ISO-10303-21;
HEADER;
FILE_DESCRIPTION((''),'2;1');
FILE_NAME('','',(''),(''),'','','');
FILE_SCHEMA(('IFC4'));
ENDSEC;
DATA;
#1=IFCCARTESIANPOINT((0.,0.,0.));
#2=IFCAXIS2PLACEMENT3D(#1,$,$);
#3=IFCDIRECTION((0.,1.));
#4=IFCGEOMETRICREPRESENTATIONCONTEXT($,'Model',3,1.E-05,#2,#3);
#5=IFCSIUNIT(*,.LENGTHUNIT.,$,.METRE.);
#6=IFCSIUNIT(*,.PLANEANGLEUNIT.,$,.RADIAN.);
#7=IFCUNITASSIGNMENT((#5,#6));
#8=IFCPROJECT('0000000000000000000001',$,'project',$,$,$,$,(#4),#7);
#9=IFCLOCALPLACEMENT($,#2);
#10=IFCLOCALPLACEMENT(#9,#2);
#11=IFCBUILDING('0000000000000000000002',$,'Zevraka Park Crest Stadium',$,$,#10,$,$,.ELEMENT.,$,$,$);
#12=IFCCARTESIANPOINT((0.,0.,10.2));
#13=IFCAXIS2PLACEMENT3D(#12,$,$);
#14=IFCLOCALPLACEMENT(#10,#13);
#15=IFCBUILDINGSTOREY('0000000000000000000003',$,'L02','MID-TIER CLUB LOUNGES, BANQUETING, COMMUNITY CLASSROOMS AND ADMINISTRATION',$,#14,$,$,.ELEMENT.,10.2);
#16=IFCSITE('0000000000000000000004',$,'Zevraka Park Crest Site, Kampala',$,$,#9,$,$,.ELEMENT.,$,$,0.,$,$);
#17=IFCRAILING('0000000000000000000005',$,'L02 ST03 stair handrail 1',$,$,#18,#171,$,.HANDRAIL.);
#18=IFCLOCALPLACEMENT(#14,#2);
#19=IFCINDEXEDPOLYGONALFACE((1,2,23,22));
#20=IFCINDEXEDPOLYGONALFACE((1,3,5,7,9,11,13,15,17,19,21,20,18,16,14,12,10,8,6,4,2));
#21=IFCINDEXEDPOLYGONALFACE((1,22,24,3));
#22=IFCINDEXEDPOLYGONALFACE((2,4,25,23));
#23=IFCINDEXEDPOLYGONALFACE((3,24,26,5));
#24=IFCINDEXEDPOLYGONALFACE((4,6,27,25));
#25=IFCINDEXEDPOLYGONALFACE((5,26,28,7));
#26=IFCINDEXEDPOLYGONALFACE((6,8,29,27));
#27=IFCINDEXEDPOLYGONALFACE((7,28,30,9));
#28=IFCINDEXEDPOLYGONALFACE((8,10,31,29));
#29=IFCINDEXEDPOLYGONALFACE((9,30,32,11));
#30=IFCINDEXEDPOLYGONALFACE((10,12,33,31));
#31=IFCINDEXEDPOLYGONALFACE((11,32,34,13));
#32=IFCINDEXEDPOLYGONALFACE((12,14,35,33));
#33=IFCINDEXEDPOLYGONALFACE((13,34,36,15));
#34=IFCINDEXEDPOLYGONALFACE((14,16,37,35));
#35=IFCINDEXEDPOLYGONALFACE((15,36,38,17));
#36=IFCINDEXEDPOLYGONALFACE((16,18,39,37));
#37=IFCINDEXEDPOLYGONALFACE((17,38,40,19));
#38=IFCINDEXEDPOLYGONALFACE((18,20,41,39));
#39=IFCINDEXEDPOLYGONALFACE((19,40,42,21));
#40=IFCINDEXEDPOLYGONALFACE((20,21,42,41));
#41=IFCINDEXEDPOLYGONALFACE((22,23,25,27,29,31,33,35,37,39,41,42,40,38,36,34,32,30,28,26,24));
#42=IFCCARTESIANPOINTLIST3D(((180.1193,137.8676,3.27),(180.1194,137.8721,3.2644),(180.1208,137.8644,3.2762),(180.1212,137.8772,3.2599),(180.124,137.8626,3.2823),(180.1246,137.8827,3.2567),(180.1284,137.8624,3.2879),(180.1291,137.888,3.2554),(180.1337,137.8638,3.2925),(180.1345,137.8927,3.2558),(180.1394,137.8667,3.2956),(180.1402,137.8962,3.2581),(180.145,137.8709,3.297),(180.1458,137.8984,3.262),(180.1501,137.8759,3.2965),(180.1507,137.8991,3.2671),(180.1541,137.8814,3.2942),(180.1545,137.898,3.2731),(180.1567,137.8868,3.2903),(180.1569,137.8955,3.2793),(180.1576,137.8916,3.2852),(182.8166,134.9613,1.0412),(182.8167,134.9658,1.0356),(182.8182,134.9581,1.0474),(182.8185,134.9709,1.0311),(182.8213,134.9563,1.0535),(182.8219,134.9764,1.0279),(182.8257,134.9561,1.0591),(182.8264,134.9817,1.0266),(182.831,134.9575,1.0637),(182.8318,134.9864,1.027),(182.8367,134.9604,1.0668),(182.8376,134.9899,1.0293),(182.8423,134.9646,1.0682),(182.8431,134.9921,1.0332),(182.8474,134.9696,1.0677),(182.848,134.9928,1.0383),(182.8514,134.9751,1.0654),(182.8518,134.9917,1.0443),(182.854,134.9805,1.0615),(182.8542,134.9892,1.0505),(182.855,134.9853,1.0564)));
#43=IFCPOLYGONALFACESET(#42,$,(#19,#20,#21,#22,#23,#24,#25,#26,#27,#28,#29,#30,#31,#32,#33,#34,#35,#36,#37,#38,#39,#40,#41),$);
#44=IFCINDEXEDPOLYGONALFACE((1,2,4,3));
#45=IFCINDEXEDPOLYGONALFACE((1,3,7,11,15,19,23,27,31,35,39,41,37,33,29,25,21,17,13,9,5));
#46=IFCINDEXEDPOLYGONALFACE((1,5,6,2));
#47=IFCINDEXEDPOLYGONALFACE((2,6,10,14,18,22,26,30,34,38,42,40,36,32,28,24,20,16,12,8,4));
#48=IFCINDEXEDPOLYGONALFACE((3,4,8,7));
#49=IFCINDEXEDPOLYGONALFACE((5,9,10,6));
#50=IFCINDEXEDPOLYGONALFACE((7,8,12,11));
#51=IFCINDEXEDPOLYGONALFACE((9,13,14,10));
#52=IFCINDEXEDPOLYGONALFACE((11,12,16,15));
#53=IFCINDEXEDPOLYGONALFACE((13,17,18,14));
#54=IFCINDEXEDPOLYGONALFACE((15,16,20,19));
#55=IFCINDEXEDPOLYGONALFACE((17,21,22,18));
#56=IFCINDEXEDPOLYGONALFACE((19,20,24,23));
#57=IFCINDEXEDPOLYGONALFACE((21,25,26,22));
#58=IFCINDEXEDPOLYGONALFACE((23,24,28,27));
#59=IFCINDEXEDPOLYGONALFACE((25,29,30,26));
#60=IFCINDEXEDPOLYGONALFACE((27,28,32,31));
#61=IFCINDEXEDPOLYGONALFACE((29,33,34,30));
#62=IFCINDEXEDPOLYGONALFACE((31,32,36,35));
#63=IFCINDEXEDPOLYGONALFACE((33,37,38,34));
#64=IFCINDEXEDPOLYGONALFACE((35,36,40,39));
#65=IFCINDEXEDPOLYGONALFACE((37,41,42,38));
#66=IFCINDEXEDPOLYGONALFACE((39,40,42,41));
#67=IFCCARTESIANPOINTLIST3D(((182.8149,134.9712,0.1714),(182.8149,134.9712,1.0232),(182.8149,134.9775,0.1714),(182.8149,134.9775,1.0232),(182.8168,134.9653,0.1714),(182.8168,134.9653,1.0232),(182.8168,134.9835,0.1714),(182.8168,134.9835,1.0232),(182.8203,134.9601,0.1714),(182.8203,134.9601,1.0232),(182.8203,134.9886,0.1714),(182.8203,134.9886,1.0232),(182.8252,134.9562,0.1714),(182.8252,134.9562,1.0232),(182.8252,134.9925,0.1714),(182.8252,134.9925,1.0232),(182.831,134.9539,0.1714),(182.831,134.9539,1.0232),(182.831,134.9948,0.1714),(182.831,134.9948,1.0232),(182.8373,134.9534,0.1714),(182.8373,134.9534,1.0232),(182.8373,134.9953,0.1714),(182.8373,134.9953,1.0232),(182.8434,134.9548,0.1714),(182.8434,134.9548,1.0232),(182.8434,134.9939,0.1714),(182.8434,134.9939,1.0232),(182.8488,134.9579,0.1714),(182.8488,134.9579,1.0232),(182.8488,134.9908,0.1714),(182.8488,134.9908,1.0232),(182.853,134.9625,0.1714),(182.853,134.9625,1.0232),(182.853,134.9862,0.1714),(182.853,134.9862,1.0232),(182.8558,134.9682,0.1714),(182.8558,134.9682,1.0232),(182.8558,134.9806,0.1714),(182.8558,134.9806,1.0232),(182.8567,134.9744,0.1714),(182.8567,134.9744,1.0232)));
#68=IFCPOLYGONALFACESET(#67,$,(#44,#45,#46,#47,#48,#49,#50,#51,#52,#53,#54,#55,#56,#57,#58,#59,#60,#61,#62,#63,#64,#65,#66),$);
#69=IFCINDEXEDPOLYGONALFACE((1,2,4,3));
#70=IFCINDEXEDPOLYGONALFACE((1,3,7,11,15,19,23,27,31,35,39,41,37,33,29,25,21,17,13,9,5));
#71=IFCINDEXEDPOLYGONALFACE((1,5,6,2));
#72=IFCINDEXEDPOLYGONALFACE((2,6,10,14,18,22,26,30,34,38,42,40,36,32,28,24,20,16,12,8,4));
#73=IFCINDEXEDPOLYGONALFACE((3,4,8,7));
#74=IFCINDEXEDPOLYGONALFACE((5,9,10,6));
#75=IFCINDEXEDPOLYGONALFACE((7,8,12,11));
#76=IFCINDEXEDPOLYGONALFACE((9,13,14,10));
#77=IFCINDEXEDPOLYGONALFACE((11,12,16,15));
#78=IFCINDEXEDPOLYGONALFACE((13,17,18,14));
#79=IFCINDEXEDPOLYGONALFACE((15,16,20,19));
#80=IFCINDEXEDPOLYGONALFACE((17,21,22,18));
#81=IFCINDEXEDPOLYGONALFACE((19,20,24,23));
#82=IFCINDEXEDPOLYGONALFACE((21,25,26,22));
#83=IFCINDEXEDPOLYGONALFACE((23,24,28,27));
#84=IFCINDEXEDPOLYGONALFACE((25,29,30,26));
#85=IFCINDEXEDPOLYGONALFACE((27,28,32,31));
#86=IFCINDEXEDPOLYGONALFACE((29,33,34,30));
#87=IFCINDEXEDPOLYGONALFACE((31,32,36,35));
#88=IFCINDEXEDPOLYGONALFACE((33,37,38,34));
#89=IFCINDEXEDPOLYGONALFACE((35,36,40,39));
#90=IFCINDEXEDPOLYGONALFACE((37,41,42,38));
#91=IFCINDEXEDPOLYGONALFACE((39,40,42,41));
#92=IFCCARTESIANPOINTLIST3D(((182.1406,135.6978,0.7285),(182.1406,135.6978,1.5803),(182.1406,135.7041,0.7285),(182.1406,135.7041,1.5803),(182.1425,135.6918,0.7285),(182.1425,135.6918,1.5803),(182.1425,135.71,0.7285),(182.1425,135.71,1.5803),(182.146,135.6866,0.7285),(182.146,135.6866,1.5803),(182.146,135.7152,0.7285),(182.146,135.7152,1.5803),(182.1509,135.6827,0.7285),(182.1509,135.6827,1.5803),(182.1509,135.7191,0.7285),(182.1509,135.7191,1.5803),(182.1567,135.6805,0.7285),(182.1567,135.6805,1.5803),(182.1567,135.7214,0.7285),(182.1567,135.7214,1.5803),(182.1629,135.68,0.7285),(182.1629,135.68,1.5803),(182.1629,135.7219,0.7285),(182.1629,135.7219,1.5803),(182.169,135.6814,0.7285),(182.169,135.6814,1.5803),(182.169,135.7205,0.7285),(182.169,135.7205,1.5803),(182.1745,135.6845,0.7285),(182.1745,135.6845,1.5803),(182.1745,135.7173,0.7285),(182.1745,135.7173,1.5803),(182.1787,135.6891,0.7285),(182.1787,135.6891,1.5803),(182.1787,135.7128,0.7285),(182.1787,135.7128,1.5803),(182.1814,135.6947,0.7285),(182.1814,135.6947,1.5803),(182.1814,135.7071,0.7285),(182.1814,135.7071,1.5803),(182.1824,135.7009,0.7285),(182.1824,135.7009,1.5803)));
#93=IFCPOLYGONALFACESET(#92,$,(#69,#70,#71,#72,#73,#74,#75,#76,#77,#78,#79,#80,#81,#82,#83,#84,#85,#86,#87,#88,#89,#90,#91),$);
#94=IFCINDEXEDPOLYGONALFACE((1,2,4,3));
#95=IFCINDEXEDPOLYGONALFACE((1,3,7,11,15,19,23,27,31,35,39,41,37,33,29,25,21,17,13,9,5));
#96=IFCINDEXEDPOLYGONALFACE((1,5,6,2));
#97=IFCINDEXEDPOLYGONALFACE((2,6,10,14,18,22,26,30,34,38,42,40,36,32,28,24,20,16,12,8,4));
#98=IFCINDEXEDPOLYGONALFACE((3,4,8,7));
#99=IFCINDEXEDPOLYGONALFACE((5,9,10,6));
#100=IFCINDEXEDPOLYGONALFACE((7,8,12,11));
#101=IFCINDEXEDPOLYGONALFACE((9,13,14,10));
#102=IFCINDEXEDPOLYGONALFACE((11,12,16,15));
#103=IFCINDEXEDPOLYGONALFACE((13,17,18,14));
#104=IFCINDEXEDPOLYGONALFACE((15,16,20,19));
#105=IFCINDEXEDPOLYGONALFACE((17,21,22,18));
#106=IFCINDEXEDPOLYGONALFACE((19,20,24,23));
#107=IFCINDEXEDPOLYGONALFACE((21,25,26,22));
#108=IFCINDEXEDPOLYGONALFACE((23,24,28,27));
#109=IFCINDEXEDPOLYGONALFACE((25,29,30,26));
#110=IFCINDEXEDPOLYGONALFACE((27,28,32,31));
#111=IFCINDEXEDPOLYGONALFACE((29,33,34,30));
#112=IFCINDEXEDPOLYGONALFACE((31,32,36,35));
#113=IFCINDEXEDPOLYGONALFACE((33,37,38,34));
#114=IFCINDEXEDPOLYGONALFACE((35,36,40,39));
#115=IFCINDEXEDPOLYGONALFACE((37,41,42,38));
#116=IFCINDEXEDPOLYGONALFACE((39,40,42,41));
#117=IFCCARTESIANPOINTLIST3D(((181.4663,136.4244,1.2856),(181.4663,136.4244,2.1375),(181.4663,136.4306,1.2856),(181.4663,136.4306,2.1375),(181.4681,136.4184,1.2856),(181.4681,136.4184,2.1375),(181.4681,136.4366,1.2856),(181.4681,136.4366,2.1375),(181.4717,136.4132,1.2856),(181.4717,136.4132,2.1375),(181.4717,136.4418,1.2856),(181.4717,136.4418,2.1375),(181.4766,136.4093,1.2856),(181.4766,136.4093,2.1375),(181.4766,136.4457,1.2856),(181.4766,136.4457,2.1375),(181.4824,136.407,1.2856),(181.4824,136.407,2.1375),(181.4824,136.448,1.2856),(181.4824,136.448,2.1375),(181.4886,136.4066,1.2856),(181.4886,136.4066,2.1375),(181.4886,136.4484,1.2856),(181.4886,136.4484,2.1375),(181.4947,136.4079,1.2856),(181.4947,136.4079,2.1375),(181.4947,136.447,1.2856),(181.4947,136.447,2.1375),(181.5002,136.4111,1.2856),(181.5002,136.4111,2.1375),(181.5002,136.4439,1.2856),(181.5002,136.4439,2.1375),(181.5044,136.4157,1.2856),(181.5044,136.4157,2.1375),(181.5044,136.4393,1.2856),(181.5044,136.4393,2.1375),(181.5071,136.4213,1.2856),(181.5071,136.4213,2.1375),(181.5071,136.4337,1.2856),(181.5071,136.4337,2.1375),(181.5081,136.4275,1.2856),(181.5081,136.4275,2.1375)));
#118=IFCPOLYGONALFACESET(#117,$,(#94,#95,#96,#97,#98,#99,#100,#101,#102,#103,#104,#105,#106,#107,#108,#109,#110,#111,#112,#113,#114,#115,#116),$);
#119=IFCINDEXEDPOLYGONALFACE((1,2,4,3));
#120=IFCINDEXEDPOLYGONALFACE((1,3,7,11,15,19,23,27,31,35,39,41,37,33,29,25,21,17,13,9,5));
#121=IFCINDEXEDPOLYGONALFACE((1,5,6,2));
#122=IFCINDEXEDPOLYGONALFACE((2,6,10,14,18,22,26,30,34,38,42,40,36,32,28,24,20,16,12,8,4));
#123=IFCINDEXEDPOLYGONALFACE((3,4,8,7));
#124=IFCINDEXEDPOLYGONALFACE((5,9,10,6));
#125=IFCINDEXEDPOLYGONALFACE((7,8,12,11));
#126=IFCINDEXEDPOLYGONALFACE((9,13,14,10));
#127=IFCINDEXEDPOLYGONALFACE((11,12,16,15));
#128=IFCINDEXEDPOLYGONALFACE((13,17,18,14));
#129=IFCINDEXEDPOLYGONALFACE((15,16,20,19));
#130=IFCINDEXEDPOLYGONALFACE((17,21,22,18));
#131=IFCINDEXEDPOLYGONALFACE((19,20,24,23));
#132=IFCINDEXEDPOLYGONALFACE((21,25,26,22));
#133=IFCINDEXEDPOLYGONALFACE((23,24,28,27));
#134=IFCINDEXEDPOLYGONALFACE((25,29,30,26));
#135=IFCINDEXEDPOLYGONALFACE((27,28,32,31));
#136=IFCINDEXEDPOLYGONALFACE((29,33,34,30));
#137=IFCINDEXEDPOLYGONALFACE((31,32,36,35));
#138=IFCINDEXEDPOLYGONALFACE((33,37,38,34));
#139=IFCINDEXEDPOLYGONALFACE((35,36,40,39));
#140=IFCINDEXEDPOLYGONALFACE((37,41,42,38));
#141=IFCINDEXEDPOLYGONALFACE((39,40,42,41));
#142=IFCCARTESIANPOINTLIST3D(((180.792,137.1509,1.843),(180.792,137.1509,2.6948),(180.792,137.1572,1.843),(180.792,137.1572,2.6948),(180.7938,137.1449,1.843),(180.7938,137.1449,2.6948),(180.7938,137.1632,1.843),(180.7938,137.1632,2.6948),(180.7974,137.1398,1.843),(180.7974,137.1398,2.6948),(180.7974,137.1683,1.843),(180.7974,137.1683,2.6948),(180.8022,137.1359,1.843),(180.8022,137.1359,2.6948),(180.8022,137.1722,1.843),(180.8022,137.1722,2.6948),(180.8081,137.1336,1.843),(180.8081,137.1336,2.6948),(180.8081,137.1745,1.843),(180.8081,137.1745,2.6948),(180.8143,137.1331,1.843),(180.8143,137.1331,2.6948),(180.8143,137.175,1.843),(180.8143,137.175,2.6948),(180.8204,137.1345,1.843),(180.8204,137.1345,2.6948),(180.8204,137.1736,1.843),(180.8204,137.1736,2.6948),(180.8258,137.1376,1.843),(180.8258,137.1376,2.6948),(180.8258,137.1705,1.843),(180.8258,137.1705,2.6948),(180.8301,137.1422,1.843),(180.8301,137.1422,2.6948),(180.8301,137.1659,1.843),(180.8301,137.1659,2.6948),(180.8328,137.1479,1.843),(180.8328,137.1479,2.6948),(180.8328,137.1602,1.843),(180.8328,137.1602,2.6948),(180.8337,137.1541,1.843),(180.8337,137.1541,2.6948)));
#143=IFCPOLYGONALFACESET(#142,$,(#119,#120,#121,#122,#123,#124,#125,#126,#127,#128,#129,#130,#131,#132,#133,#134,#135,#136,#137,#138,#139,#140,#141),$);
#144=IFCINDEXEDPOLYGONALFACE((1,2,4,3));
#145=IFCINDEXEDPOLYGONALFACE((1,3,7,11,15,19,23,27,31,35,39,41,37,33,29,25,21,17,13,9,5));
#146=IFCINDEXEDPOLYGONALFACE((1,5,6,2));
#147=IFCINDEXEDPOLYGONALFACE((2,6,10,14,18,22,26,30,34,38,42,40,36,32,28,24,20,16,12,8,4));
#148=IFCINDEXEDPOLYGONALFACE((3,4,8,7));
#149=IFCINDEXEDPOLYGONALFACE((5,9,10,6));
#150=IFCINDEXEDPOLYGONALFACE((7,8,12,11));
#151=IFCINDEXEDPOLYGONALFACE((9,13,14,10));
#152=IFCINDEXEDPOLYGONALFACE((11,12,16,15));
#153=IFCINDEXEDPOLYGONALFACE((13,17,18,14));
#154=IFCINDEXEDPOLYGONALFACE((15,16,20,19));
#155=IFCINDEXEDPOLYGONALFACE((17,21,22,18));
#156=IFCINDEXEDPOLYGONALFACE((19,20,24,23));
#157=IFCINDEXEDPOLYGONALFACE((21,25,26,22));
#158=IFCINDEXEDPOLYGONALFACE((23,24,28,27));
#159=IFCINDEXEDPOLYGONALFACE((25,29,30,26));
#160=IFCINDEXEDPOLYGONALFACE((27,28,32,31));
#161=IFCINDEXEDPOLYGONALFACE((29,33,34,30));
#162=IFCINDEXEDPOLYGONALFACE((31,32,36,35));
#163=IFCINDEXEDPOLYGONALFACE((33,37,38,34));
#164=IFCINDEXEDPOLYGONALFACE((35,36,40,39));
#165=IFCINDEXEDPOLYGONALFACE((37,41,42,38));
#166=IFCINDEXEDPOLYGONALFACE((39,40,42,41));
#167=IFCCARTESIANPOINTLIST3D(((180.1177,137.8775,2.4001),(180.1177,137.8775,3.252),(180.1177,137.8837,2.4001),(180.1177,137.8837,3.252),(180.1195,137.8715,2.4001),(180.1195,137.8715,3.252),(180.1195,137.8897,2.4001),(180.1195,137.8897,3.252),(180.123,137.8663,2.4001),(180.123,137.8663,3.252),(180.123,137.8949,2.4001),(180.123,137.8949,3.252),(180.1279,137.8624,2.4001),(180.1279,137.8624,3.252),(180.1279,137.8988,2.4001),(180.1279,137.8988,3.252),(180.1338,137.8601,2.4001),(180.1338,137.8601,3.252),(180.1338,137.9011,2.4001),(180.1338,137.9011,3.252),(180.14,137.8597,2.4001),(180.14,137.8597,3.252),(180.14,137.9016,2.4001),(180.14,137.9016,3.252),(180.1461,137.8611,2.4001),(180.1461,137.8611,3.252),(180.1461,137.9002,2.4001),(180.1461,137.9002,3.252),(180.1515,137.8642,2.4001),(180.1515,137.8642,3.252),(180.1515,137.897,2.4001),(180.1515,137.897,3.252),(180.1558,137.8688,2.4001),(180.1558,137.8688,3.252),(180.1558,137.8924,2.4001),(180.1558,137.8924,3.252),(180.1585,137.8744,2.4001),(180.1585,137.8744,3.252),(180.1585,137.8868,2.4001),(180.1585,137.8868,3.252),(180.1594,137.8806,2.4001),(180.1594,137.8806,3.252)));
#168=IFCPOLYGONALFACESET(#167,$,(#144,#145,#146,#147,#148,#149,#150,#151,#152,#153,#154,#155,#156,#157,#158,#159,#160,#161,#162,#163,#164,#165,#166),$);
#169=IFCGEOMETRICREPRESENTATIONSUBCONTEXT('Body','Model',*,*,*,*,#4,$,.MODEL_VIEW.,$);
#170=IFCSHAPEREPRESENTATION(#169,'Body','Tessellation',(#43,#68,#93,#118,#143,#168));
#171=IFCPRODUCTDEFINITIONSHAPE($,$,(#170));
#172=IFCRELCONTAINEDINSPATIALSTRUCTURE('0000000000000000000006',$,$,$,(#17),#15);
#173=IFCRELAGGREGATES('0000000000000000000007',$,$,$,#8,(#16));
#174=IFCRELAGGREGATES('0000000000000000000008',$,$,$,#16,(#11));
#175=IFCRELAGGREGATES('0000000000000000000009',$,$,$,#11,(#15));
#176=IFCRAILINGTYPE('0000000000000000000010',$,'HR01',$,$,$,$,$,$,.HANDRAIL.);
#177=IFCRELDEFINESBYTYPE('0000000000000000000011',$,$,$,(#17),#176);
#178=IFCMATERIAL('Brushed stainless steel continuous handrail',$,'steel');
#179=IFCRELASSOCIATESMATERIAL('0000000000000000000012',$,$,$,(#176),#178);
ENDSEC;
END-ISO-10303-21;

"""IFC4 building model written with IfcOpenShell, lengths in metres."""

from ifc_helpers import new_model, si_unit, direction, frame, origin, origin_2d, place, context, subcontext, project, spatial, circle, extrude, material, type_object, element, save


model = new_model("IFC4")

# Units and contexts
model_context = context("Model", 3, precision=1e-05, world=origin(), true_north=direction((0.0, 1.0)))
body_context = subcontext(model_context, "Body", "Model", "MODEL_VIEW")
ifc_project = project(units=[si_unit("LENGTHUNIT", "METRE"), si_unit("PLANEANGLEUNIT", "RADIAN")], contexts=[model_context])

# Site, building, storey
site_placement = place(None, origin())
site = spatial("IfcSite", under=ifc_project, at=site_placement, Name="Zevraka Park Crest Site, Kampala", CompositionType="ELEMENT", RefElevation=0.0)
building_placement = place(site_placement, origin())
building = spatial("IfcBuilding", under=site, at=building_placement, Name="Zevraka Park Crest Stadium", CompositionType="ELEMENT")
storey_placement = place(building_placement, frame((0.0, 0.0, 10.2)))
storey = spatial("IfcBuildingStorey", under=building, at=storey_placement, Name="L02", Description="MID-TIER CLUB LOUNGES, BANQUETING, COMMUNITY CLASSROOMS AND ADMINISTRATION", CompositionType="ELEMENT", Elevation=10.2)

# Railing
ifc_material_1 = material(Name="Brushed stainless steel continuous handrail", Category="steel")
railing_type_1 = type_object("IfcRailingType", Name="HR01", PredefinedType="HANDRAIL", material=ifc_material_1)
railing_1_placement = place(storey_placement, frame((182.8357, 134.9744, 0.1714)))
element("IfcRailing", 1, at=railing_1_placement, inside=storey, type_object=railing_type_1, Name="L02 ST03 stair handrail 1", PredefinedType="HANDRAIL", context=body_context, shape_type="SweptSolid", body=[
    extrude(circle(Radius=0.0239, at=origin_2d()), frame((0.0, 0.0, 0.876), z_axis=(-0.593, 0.638946, 0.489998), x_axis=(-0.732969, -0.680262, 0.0)), (0.0, 0.0, 1.0), 4.5486),
    extrude(circle(Radius=0.021, at=origin_2d()), origin(), (0.0, 0.0, 1.0), 0.8518),
    extrude(circle(Radius=0.021, at=origin_2d()), frame((-0.6743, 0.7266, 0.5571)), (0.0, 0.0, 1.0), 0.8518),
    extrude(circle(Radius=0.021, at=origin_2d()), frame((-1.3486, 1.4531, 1.1143)), (0.0, 0.0, 1.0), 0.8518),
    extrude(circle(Radius=0.021, at=origin_2d()), frame((-2.0229, 2.1797, 1.6716)), (0.0, 0.0, 1.0), 0.8518),
    extrude(circle(Radius=0.021, at=origin_2d()), frame((-2.6973, 2.9062, 2.2288)), (0.0, 0.0, 1.0), 0.8518),
])

save(model, "model.ifc")
